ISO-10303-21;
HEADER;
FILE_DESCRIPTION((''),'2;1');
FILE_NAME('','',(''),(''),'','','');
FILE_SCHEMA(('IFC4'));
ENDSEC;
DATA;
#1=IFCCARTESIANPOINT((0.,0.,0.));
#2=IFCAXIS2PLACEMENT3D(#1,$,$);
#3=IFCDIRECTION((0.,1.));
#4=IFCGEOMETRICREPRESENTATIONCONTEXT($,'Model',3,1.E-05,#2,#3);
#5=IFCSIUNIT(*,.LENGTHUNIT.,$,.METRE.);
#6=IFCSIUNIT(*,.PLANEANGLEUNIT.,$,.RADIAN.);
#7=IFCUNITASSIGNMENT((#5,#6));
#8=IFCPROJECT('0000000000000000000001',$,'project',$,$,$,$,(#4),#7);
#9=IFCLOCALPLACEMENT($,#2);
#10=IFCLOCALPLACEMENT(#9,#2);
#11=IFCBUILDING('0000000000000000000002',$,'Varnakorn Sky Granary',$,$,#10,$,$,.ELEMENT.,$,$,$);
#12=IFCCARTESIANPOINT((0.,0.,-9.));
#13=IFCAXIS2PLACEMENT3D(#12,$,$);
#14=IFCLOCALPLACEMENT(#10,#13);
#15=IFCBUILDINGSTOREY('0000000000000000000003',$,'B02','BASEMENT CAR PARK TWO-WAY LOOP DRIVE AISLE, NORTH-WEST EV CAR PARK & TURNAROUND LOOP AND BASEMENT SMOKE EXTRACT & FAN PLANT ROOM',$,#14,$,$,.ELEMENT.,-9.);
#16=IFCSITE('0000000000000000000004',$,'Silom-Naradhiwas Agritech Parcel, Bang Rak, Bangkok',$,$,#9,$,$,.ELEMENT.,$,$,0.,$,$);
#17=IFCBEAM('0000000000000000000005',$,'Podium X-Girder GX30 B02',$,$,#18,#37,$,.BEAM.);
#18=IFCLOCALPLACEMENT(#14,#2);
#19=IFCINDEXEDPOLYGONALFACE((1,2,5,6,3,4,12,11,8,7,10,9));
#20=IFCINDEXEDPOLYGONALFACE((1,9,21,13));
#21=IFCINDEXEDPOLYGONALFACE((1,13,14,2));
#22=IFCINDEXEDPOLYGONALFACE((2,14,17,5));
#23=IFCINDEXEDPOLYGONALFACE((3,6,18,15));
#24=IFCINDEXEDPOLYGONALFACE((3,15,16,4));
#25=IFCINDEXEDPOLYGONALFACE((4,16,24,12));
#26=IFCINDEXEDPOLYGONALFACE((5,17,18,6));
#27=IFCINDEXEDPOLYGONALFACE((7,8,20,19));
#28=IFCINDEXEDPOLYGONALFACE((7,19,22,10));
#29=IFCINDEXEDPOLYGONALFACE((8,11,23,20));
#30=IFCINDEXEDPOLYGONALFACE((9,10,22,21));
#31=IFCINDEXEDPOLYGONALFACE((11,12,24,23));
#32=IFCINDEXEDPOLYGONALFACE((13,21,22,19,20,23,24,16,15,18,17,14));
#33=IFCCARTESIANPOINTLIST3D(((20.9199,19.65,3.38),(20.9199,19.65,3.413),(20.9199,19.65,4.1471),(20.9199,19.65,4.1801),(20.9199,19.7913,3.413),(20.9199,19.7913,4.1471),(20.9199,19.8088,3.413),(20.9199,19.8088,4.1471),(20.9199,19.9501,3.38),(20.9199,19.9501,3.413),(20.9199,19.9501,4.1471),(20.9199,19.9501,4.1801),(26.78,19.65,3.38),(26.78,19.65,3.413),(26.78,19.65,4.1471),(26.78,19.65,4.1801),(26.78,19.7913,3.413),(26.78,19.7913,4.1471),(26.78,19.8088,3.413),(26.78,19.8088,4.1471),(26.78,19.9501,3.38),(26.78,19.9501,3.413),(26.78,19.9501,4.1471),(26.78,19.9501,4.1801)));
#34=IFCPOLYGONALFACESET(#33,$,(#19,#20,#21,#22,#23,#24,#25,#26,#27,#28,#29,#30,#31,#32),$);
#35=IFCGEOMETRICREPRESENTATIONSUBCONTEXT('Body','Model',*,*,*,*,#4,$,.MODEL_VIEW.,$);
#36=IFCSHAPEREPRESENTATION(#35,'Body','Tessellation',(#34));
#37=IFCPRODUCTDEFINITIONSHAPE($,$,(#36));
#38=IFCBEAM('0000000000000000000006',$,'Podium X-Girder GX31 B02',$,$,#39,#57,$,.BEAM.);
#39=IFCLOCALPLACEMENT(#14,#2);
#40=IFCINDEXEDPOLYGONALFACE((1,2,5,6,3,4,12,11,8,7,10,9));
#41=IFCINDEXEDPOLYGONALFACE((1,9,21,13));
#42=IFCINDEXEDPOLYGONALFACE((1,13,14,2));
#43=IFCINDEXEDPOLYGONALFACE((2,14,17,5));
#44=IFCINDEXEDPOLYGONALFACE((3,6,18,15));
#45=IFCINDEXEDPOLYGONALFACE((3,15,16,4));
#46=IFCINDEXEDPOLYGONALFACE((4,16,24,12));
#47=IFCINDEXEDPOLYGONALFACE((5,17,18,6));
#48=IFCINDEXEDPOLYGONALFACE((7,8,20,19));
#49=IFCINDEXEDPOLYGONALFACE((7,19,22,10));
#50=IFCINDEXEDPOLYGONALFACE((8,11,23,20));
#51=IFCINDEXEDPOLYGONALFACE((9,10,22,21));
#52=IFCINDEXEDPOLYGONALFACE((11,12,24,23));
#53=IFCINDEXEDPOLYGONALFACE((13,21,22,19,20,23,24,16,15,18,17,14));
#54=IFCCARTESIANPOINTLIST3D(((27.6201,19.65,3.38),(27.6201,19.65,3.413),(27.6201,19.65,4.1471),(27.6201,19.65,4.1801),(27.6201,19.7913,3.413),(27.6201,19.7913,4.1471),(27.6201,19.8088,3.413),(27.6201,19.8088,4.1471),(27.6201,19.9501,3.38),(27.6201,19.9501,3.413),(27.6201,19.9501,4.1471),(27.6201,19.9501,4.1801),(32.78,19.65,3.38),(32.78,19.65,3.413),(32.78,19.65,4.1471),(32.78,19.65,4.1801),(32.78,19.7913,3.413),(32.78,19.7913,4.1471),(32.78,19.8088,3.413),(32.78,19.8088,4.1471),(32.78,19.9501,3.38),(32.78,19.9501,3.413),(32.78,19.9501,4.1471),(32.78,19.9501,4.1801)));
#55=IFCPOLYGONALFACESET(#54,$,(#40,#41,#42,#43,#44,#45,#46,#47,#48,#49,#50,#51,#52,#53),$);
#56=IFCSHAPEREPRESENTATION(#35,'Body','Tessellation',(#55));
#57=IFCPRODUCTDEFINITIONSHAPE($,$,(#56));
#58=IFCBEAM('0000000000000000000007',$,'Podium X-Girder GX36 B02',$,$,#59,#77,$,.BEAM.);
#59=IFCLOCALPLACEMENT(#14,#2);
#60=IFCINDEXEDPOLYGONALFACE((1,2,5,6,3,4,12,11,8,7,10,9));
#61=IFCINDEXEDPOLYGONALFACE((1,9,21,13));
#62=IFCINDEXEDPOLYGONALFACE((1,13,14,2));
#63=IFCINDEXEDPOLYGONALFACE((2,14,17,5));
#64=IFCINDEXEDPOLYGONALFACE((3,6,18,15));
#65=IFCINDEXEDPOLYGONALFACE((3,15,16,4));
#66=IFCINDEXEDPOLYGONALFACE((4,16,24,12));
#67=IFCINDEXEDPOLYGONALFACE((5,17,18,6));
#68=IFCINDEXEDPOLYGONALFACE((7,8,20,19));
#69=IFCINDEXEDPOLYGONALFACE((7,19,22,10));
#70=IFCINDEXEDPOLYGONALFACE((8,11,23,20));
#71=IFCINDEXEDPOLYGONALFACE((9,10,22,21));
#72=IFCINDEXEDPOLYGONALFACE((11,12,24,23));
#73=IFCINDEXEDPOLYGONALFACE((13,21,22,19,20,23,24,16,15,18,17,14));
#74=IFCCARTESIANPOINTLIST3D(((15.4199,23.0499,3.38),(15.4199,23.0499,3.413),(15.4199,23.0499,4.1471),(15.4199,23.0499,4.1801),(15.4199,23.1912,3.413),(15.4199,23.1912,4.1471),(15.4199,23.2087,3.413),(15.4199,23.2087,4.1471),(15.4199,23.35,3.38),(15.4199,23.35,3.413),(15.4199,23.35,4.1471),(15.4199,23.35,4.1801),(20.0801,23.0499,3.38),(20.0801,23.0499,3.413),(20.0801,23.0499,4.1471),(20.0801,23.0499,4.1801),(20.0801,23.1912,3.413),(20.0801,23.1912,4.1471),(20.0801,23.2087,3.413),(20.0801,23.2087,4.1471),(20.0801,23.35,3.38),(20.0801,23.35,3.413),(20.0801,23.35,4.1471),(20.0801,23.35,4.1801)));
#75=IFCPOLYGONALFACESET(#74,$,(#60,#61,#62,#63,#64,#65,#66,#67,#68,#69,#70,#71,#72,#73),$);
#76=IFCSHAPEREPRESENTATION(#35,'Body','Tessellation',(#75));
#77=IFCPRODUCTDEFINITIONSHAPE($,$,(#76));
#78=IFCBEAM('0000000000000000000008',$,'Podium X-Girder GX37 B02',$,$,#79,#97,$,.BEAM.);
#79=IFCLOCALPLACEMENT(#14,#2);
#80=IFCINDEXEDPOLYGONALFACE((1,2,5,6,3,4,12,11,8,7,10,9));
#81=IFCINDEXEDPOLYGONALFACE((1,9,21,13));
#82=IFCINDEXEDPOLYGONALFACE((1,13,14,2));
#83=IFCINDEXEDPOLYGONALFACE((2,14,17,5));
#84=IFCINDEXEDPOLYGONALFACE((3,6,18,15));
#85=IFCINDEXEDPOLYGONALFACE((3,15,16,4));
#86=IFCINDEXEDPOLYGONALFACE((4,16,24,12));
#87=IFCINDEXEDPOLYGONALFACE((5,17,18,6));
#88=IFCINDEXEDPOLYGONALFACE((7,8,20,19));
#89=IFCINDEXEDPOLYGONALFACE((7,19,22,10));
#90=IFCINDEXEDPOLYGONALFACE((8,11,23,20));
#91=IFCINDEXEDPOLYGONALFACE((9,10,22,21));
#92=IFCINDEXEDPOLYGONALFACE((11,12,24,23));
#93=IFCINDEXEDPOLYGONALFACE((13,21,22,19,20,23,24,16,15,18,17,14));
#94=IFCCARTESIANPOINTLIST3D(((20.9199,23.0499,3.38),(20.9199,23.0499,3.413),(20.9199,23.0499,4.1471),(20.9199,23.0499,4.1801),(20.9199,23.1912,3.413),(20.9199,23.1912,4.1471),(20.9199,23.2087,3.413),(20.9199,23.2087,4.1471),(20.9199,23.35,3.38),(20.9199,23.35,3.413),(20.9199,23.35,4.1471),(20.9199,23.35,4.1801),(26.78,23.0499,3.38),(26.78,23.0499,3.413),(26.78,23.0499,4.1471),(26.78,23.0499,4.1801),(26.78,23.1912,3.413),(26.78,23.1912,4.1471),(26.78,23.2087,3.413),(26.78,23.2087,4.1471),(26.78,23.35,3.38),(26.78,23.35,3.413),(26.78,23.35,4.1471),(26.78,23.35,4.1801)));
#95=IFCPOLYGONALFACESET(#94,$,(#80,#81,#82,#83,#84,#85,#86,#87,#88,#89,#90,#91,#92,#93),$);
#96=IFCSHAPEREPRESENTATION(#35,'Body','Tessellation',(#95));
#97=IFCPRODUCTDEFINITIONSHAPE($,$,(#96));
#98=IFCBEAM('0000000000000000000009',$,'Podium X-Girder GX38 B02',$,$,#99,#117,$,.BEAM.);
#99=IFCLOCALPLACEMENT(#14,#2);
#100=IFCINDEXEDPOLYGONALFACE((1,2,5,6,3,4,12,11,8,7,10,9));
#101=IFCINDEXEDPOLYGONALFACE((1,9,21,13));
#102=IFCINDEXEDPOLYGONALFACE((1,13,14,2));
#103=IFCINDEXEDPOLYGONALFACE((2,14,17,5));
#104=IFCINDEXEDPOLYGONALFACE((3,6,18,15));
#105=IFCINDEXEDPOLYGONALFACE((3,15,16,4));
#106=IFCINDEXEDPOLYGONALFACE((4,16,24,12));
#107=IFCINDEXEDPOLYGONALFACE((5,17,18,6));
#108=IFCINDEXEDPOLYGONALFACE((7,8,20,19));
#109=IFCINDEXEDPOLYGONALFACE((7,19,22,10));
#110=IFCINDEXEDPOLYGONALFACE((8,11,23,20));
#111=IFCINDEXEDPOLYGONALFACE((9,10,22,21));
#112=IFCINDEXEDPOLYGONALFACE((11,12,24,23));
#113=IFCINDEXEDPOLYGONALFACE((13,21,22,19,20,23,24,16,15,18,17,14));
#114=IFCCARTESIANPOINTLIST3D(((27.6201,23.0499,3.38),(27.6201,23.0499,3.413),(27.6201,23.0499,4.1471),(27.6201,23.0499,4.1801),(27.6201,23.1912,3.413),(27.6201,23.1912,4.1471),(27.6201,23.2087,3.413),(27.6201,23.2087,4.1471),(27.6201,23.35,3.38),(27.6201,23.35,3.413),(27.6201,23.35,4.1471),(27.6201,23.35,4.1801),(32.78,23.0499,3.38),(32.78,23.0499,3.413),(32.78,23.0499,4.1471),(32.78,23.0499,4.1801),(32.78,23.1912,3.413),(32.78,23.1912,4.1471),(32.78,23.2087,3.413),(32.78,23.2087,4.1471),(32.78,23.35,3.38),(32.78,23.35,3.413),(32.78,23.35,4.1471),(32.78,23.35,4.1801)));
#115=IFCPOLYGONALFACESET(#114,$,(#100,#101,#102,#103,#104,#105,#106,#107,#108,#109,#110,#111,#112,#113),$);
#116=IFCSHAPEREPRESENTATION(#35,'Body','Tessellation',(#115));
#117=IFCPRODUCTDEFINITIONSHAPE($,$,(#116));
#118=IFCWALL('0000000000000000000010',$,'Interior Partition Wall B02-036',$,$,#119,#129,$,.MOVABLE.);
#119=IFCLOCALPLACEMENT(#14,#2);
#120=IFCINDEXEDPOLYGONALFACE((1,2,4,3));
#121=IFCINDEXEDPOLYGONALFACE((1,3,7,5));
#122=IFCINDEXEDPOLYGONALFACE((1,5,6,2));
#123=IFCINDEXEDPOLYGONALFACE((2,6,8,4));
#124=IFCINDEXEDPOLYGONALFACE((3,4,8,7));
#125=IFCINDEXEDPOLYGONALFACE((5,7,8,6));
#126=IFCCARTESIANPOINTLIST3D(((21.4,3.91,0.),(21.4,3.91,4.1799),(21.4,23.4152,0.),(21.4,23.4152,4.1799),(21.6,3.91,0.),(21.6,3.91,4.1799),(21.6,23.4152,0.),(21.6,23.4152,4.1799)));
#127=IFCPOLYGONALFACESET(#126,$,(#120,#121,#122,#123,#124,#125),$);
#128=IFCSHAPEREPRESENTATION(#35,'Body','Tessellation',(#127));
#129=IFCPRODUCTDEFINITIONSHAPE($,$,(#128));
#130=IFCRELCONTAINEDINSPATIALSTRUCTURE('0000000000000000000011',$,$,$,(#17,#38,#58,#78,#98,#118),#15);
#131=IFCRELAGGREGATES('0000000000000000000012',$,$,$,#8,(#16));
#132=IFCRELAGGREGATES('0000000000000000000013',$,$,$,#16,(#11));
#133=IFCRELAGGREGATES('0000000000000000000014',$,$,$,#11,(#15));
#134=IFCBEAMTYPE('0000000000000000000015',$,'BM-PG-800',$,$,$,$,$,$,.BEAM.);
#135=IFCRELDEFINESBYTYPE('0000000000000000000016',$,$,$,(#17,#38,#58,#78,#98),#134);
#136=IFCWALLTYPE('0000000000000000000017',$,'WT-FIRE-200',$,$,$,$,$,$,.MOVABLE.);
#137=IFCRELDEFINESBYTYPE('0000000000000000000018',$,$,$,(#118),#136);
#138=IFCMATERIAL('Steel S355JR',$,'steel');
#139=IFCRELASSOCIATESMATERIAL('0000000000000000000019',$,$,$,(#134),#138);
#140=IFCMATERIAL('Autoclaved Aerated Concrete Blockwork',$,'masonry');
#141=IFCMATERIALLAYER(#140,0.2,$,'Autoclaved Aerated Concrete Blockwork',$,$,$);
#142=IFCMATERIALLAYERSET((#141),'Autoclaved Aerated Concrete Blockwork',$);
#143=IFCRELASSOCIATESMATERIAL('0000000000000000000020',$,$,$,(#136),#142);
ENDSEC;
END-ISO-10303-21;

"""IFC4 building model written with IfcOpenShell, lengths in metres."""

from ifc_helpers import new_model, si_unit, direction, frame, frame_2d, origin, origin_2d, place, context, subcontext, project, spatial, rectangle, i_section, extrude, material, layer, layer_set, material_profile, profile_set, type_object, element, save


model = new_model("IFC4")

# Units and contexts
model_context = context("Model", 3, precision=1e-05, world=origin(), true_north=direction((0.0, 1.0)))
body_context = subcontext(model_context, "Body", "Model", "MODEL_VIEW")
ifc_project = project(units=[si_unit("LENGTHUNIT", "METRE"), si_unit("PLANEANGLEUNIT", "RADIAN")], contexts=[model_context])

# Site, building, storey
site_placement = place(None, origin())
site = spatial("IfcSite", under=ifc_project, at=site_placement, Name="Silom-Naradhiwas Agritech Parcel, Bang Rak, Bangkok", CompositionType="ELEMENT", RefElevation=0.0)
building_placement = place(site_placement, origin())
building = spatial("IfcBuilding", under=site, at=building_placement, Name="Varnakorn Sky Granary", CompositionType="ELEMENT")
storey_placement = place(building_placement, frame((0.0, 0.0, -9.0)))
storey = spatial("IfcBuildingStorey", under=building, at=storey_placement, Name="B02", Description="BASEMENT CAR PARK TWO-WAY LOOP DRIVE AISLE, NORTH-WEST EV CAR PARK & TURNAROUND LOOP AND BASEMENT SMOKE EXTRACT & FAN PLANT ROOM", CompositionType="ELEMENT", Elevation=-9.0)

# Beams
ifc_material_1 = material(Name="Steel S355JR", Category="steel")
ifc_material_profile_1 = material_profile(ifc_material_1, i_section(OverallWidth=0.3, OverallDepth=0.8, WebThickness=0.0176, FlangeThickness=0.033, at=origin_2d()), Name="HE 800 B")
ifc_profile_set_1 = profile_set([ifc_material_profile_1], Name="Steel S355JR")
beam_type_1 = type_object("IfcBeamType", Name="BM-PG-800", PredefinedType="BEAM", material=ifc_profile_set_1)
beam_1_placement = place(storey_placement, frame((20.9199, 19.8, 3.78), z_axis=(1.0, 0.0, 0.0), x_axis=(0.0, 1.0, 0.0)))
element("IfcBeam", 1, at=beam_1_placement, inside=storey, type_object=beam_type_1, Name="Podium X-Girder GX30 B02", PredefinedType="BEAM", context=body_context, shape_type="SweptSolid", body=[
    extrude(i_section(OverallWidth=0.3, OverallDepth=0.8, WebThickness=0.0176, FlangeThickness=0.033, at=origin_2d()), origin(), (0.0, 0.0, 1.0), 5.8601),
])
beam_2_placement = place(storey_placement, frame((27.6201, 19.8, 3.78), z_axis=(1.0, 0.0, 0.0), x_axis=(0.0, 1.0, 0.0)))
element("IfcBeam", 2, at=beam_2_placement, inside=storey, type_object=beam_type_1, Name="Podium X-Girder GX31 B02", PredefinedType="BEAM", context=body_context, shape_type="SweptSolid", body=[
    extrude(i_section(OverallWidth=0.3, OverallDepth=0.8, WebThickness=0.0176, FlangeThickness=0.033, at=origin_2d()), origin(), (0.0, 0.0, 1.0), 5.1599),
])
beam_3_placement = place(storey_placement, frame((15.4199, 23.2, 3.78), z_axis=(1.0, 0.0, 0.0), x_axis=(0.0, 1.0, 0.0)))
element("IfcBeam", 3, at=beam_3_placement, inside=storey, type_object=beam_type_1, Name="Podium X-Girder GX36 B02", PredefinedType="BEAM", context=body_context, shape_type="SweptSolid", body=[
    extrude(i_section(OverallWidth=0.3, OverallDepth=0.8, WebThickness=0.0176, FlangeThickness=0.033, at=origin_2d()), origin(), (0.0, 0.0, 1.0), 4.6602),
])
beam_4_placement = place(storey_placement, frame((20.9199, 23.2, 3.78), z_axis=(1.0, 0.0, 0.0), x_axis=(0.0, 1.0, 0.0)))
element("IfcBeam", 4, at=beam_4_placement, inside=storey, type_object=beam_type_1, Name="Podium X-Girder GX37 B02", PredefinedType="BEAM", context=body_context, shape_type="SweptSolid", body=[
    extrude(i_section(OverallWidth=0.3, OverallDepth=0.8, WebThickness=0.0176, FlangeThickness=0.033, at=origin_2d()), origin(), (0.0, 0.0, 1.0), 5.8601),
])
beam_5_placement = place(storey_placement, frame((27.6201, 23.2, 3.78), z_axis=(1.0, 0.0, 0.0), x_axis=(0.0, 1.0, 0.0)))
element("IfcBeam", 5, at=beam_5_placement, inside=storey, type_object=beam_type_1, Name="Podium X-Girder GX38 B02", PredefinedType="BEAM", context=body_context, shape_type="SweptSolid", body=[
    extrude(i_section(OverallWidth=0.3, OverallDepth=0.8, WebThickness=0.0176, FlangeThickness=0.033, at=origin_2d()), origin(), (0.0, 0.0, 1.0), 5.1599),
])

# Wall
ifc_material_2 = material(Name="Autoclaved Aerated Concrete Blockwork", Category="masonry")
ifc_layer = layer(ifc_material_2, 0.2, Name="Autoclaved Aerated Concrete Blockwork")
ifc_layer_set = layer_set([ifc_layer], Name="Autoclaved Aerated Concrete Blockwork")
wall_type = type_object("IfcWallType", Name="WT-FIRE-200", PredefinedType="MOVABLE", material=ifc_layer_set)
wall_placement = place(storey_placement, frame((21.5, 23.415, 0.0), z_axis=(0.0, 0.0, 1.0), x_axis=(0.0, -1.0, 0.0)))
element("IfcWall", 6, at=wall_placement, inside=storey, type_object=wall_type, Name="Interior Partition Wall B02-036", PredefinedType="MOVABLE", context=body_context, shape_type="SweptSolid", body=[
    extrude(rectangle(XDim=19.5051, YDim=0.2, at=frame_2d((9.7524, 0.0))), origin(), (0.0, 0.0, 1.0), 4.1799),
])

save(model, "model.ifc")
